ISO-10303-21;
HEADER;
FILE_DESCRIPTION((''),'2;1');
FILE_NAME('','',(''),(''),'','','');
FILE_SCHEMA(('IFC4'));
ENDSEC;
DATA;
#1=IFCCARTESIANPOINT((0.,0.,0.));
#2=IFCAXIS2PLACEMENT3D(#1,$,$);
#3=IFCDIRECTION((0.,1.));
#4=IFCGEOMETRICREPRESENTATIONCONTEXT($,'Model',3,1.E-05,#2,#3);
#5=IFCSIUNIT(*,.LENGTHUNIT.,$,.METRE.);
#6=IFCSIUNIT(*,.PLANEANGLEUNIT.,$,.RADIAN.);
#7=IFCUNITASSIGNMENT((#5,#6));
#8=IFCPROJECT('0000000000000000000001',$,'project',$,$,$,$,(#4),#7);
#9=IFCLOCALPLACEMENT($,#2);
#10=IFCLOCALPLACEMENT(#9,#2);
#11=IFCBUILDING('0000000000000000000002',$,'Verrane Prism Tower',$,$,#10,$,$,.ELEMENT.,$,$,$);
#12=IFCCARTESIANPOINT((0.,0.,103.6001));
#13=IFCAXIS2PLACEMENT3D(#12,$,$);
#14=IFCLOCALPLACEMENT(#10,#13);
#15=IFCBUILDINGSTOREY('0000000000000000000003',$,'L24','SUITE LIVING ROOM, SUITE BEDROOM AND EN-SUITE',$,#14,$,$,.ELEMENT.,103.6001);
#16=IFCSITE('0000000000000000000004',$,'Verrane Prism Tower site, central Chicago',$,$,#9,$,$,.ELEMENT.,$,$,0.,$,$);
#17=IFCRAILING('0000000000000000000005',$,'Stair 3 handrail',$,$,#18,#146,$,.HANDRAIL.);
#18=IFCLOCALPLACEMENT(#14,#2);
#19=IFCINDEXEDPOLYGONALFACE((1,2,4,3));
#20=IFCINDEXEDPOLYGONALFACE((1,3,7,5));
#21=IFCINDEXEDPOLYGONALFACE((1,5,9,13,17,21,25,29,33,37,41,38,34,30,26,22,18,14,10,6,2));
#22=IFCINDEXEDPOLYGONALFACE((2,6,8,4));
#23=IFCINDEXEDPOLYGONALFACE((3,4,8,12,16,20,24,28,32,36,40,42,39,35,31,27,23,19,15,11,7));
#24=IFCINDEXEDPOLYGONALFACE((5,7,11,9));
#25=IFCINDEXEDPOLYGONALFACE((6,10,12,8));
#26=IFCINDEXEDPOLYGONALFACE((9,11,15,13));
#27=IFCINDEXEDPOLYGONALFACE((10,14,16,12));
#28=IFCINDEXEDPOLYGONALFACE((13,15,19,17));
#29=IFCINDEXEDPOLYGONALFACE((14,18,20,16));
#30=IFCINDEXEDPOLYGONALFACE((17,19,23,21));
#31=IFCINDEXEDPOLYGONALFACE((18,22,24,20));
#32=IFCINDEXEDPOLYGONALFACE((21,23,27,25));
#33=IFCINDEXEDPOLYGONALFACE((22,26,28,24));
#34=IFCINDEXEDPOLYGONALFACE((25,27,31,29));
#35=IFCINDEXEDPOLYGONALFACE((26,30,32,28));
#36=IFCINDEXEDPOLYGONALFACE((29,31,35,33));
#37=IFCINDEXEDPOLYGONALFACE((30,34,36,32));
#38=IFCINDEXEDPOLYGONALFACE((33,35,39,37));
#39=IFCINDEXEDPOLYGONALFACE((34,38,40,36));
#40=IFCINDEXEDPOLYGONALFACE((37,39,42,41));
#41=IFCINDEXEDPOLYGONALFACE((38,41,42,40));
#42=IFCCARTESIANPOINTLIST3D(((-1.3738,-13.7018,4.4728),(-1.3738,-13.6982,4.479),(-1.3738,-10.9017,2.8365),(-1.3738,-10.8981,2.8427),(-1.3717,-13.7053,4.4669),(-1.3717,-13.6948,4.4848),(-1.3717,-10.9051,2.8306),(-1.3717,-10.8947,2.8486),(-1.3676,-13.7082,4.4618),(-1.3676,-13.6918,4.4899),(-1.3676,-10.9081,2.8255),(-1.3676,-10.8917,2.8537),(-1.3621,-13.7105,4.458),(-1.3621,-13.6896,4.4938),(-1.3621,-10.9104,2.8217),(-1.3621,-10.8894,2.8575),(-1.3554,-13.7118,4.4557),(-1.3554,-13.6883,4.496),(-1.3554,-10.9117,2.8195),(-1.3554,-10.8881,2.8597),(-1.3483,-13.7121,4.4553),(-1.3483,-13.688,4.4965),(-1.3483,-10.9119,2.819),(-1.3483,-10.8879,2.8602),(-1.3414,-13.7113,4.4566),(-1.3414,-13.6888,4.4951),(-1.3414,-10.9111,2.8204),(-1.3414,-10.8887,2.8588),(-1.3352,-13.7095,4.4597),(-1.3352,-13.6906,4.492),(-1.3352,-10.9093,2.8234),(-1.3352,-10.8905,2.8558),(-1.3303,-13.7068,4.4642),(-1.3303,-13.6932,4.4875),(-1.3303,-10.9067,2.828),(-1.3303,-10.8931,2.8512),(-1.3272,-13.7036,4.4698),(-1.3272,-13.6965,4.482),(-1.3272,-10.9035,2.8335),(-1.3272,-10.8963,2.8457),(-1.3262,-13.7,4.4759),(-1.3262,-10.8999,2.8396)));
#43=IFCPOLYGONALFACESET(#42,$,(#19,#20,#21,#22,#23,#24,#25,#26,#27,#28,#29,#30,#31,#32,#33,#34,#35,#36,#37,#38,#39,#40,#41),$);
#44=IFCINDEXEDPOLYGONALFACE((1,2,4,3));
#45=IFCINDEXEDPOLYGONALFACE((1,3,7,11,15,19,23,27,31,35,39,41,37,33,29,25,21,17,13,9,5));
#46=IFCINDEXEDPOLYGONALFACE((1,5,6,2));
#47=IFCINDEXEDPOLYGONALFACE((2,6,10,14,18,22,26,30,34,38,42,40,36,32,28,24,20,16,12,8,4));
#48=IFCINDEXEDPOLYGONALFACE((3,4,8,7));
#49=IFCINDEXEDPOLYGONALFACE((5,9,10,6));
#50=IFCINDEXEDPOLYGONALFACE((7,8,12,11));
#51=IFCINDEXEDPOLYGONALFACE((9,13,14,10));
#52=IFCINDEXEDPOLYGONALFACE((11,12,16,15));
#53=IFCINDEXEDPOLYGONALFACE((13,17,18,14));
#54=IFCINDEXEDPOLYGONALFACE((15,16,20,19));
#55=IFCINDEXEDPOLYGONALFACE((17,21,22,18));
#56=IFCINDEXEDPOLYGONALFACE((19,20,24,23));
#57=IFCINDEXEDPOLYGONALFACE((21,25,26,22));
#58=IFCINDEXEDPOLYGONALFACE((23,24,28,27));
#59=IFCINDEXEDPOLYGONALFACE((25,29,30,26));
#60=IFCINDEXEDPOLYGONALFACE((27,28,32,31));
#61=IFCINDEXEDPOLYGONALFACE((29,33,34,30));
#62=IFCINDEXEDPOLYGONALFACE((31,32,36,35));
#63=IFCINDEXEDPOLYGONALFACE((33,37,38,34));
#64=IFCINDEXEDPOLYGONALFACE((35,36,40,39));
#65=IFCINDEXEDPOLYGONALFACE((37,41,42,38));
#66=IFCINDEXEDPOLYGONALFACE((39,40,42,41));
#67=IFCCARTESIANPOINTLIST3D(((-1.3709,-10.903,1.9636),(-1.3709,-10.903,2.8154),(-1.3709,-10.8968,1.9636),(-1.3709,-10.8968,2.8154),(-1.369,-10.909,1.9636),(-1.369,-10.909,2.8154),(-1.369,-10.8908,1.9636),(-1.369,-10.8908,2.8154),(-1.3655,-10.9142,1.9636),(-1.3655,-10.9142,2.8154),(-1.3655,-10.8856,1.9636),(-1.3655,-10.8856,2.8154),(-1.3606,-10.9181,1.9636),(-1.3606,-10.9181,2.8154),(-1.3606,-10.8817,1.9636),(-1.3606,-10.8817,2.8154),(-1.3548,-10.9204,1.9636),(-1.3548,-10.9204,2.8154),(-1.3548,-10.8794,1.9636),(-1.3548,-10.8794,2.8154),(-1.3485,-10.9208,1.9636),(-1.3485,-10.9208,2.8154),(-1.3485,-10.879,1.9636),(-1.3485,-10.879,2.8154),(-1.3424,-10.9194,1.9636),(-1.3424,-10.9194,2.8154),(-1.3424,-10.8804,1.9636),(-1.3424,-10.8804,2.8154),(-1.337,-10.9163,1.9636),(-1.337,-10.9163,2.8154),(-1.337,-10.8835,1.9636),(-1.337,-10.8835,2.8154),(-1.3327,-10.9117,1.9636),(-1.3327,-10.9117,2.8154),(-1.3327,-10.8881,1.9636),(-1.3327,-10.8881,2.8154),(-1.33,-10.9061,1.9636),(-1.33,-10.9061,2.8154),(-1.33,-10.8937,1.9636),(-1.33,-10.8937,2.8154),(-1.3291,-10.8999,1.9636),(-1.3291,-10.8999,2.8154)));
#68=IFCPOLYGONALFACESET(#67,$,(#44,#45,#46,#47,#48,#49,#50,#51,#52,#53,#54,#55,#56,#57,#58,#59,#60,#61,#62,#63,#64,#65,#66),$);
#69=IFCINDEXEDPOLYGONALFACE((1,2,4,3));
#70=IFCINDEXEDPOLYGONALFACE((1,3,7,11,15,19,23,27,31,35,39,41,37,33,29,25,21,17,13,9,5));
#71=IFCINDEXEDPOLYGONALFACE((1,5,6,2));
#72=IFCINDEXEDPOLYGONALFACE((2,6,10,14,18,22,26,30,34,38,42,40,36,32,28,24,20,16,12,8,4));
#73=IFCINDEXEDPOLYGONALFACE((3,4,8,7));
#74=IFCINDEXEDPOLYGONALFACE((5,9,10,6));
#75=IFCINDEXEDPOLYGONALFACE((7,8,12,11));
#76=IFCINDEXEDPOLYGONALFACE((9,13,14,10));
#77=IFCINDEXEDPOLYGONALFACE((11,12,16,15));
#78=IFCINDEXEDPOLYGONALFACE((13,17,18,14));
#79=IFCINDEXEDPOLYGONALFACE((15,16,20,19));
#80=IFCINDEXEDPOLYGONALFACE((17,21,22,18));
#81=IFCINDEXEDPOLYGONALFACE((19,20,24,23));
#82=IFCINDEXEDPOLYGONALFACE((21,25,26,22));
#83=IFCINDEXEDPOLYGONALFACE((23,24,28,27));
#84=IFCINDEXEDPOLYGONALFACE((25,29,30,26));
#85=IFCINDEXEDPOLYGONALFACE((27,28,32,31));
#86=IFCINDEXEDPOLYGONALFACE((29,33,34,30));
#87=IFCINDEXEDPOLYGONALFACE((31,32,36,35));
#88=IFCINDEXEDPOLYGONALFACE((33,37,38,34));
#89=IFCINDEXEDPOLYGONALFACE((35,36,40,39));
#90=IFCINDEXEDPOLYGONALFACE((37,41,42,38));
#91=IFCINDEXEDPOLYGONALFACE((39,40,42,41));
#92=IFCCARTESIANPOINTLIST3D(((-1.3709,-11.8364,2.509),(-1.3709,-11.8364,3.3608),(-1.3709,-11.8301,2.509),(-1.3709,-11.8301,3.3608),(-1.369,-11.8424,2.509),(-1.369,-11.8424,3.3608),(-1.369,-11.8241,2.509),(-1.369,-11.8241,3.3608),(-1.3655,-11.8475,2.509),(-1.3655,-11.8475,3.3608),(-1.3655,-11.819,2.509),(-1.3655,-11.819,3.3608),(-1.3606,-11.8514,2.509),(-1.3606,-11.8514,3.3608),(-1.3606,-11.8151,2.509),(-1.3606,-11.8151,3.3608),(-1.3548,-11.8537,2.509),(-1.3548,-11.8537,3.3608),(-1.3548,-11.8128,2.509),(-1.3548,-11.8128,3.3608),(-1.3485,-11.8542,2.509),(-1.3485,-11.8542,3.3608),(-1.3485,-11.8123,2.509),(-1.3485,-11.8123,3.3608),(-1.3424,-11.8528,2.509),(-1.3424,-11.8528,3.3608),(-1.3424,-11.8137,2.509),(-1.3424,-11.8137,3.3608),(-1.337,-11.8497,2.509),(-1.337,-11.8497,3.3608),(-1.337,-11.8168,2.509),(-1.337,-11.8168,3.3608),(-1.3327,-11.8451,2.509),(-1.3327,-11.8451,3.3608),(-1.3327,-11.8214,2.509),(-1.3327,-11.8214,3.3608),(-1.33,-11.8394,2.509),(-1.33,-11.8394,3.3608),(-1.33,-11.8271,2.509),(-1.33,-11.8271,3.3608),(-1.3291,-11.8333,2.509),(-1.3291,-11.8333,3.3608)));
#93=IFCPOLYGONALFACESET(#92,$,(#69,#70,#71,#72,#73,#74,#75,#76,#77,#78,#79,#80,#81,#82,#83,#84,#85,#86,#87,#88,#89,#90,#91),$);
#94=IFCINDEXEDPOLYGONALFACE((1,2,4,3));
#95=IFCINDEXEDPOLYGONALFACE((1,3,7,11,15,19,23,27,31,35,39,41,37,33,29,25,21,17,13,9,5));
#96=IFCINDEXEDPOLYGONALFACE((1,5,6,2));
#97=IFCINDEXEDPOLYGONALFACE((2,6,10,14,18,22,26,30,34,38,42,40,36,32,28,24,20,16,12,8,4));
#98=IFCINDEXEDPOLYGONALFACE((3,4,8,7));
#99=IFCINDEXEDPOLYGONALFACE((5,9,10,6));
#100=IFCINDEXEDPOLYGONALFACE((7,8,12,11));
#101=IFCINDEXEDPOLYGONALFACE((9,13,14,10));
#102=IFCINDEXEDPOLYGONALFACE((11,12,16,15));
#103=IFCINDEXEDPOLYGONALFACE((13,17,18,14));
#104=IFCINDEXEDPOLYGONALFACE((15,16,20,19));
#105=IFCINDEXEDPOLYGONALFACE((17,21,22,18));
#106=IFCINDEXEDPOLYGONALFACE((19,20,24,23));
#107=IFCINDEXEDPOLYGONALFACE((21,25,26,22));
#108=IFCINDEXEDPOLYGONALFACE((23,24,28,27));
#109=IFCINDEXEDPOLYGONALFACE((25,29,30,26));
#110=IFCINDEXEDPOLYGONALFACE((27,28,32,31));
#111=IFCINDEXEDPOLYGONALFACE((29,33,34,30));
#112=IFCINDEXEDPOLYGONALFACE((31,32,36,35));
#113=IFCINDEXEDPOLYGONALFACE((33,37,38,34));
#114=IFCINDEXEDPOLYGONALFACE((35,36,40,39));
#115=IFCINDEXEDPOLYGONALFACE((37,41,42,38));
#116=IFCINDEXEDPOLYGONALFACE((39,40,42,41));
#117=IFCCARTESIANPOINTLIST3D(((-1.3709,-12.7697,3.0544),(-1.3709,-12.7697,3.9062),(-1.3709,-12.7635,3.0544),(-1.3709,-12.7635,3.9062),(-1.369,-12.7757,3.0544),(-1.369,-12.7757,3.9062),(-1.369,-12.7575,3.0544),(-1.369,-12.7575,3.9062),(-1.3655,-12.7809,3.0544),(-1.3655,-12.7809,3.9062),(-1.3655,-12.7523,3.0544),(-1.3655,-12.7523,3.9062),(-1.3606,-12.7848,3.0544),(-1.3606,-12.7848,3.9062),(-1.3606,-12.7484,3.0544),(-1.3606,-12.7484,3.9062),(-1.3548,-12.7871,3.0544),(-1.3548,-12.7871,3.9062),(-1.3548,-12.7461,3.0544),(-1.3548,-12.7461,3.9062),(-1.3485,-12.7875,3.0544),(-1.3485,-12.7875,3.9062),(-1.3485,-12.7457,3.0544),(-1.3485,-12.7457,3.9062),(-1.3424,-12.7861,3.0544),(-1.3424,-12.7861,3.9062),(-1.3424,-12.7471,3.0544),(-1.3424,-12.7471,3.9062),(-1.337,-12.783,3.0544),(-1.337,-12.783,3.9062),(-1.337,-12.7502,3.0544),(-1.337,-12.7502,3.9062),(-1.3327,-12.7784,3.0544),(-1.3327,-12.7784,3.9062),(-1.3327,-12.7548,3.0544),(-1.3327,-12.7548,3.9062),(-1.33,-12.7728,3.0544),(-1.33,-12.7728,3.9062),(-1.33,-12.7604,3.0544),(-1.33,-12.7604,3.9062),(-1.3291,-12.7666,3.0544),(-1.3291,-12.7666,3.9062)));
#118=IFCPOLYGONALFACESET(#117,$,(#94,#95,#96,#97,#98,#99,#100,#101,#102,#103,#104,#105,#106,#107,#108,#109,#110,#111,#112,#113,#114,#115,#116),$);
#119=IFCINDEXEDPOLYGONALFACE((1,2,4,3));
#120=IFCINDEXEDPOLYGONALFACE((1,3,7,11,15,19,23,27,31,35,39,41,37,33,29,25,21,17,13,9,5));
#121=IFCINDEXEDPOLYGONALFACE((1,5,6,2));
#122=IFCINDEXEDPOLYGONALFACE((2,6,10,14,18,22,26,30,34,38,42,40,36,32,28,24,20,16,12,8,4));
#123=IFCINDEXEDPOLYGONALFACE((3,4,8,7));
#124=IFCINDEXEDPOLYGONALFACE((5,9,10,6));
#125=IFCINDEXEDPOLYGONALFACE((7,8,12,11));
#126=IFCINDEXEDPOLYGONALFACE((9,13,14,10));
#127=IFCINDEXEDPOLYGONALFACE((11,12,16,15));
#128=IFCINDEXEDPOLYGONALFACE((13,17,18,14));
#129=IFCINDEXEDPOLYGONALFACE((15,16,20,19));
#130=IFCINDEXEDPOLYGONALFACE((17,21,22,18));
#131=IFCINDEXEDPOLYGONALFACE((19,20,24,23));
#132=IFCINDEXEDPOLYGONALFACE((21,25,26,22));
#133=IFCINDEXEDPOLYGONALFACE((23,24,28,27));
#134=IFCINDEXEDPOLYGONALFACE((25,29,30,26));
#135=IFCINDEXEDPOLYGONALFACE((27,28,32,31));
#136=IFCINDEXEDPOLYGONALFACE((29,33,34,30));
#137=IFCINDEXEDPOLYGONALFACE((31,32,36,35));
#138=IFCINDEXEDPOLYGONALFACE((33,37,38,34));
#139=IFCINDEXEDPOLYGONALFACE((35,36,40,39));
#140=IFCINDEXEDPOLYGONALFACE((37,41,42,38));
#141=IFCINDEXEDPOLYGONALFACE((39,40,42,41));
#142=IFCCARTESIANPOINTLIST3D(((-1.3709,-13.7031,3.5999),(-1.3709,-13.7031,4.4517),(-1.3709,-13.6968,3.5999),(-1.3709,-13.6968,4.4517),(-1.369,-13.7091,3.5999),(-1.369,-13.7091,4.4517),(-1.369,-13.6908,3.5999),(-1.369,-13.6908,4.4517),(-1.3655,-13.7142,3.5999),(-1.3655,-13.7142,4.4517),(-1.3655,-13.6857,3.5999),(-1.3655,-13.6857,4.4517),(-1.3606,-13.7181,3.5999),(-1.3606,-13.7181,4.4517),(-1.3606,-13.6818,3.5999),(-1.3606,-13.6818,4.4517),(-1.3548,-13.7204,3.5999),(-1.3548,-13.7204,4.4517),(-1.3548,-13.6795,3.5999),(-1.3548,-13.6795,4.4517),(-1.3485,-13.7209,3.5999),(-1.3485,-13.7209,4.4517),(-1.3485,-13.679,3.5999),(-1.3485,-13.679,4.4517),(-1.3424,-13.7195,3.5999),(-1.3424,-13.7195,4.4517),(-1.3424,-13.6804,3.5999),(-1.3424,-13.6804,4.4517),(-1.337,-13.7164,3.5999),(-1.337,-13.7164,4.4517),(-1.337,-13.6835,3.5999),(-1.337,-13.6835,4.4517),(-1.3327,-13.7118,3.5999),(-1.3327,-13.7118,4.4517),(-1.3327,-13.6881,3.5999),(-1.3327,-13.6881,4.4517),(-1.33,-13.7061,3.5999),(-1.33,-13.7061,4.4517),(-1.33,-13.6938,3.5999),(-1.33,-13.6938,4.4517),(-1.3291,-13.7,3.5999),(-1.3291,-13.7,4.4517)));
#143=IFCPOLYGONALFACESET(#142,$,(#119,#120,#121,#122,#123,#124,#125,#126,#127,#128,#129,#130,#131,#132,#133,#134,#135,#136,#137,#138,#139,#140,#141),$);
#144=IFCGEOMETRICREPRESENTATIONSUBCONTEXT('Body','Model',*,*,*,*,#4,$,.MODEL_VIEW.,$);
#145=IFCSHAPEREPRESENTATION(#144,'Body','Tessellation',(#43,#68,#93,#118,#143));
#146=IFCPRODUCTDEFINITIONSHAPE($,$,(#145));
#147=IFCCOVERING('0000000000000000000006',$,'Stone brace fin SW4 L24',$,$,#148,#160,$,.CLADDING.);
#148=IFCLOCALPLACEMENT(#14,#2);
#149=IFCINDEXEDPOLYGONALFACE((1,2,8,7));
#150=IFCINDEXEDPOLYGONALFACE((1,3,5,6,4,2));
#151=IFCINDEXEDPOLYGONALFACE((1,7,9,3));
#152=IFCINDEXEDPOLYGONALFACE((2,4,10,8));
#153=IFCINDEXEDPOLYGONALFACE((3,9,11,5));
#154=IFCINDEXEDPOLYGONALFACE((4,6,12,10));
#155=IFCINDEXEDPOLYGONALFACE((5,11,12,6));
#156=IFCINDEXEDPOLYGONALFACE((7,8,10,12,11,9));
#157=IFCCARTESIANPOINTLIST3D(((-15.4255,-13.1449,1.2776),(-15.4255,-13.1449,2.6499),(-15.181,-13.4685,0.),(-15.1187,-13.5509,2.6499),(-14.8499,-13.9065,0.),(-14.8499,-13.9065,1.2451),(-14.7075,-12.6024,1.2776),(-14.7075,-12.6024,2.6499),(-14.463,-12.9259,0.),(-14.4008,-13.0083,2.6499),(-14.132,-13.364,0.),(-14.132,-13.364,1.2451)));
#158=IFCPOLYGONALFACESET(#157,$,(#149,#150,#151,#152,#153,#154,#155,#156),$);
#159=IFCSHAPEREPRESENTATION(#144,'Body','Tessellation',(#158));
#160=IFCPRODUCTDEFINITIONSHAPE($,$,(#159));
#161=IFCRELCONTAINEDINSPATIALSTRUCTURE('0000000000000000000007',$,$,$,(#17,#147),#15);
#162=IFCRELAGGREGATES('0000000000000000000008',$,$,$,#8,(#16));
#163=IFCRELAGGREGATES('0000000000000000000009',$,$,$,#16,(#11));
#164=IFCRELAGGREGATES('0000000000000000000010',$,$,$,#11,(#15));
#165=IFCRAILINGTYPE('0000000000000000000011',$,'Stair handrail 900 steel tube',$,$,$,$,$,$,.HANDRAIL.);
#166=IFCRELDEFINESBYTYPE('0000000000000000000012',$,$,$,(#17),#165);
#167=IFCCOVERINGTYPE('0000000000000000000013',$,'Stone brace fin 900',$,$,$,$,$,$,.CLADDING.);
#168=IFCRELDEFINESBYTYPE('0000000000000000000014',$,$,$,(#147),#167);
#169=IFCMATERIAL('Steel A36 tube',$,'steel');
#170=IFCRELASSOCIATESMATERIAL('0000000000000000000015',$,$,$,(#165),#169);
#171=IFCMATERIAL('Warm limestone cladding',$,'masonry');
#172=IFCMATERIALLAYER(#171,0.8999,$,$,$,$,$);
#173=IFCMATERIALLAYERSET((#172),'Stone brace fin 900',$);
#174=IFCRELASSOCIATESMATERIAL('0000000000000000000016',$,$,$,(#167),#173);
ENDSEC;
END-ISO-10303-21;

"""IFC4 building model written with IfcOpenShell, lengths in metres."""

from ifc_helpers import new_model, si_unit, direction, frame, origin, origin_2d, place, context, subcontext, project, spatial, polyline, circle, outline, extrude, material, layer, layer_set, type_object, element, save


model = new_model("IFC4")

# Units and contexts
model_context = context("Model", 3, precision=1e-05, world=origin(), true_north=direction((0.0, 1.0)))
body_context = subcontext(model_context, "Body", "Model", "MODEL_VIEW")
ifc_project = project(units=[si_unit("LENGTHUNIT", "METRE"), si_unit("PLANEANGLEUNIT", "RADIAN")], contexts=[model_context])

# Site, building, storey
site_placement = place(None, origin())
site = spatial("IfcSite", under=ifc_project, at=site_placement, Name="Verrane Prism Tower site, central Chicago", CompositionType="ELEMENT", RefElevation=0.0)
building_placement = place(site_placement, origin())
building = spatial("IfcBuilding", under=site, at=building_placement, Name="Verrane Prism Tower", CompositionType="ELEMENT")
storey_placement = place(building_placement, frame((0.0, 0.0, 103.6001)))
storey = spatial("IfcBuildingStorey", under=building, at=storey_placement, Name="L24", Description="SUITE LIVING ROOM, SUITE BEDROOM AND EN-SUITE", CompositionType="ELEMENT", Elevation=103.6001)

# Railing
ifc_material_1 = material(Name="Steel A36 tube", Category="steel")
railing_type = type_object("IfcRailingType", Name="Stair handrail 900 steel tube", PredefinedType="HANDRAIL", material=ifc_material_1)
railing_placement = place(storey_placement, frame((-1.3501, -10.8999, 1.9636)))
element("IfcRailing", 1, at=railing_placement, inside=storey, type_object=railing_type, Name="Stair 3 handrail", PredefinedType="HANDRAIL", context=body_context, shape_type="SweptSolid", body=[
    extrude(circle(Radius=0.0239, at=origin_2d()), frame((0.0, 0.0, 0.876), z_axis=(0.0, -0.863394, 0.504531), x_axis=(1.0, 0.0, 0.0)), (0.0, 0.0, 1.0), 3.2432),
    extrude(circle(Radius=0.021, at=origin_2d()), origin(), (0.0, 0.0, 1.0), 0.8518),
    extrude(circle(Radius=0.021, at=origin_2d()), frame((0.0, -0.9333, 0.5454)), (0.0, 0.0, 1.0), 0.8518),
    extrude(circle(Radius=0.021, at=origin_2d()), frame((0.0, -1.8667, 1.0908)), (0.0, 0.0, 1.0), 0.8518),
    extrude(circle(Radius=0.021, at=origin_2d()), frame((0.0, -2.8, 1.6362)), (0.0, 0.0, 1.0), 0.8518),
])

# Covering
ifc_material_2 = material(Name="Warm limestone cladding", Category="masonry")
ifc_layer_1 = layer(ifc_material_2, 0.8999)
ifc_layer_set_1 = layer_set([ifc_layer_1], Name="Stone brace fin 900")
covering_type = type_object("IfcCoveringType", Name="Stone brace fin 900", PredefinedType="CLADDING", material=ifc_layer_set_1)
covering_placement = place(storey_placement, frame((-14.491, -13.6353, 0.0), z_axis=(0.0, 0.0, 1.0), x_axis=(-0.602902, 0.797815, 0.0)))
element("IfcCovering", 2, at=covering_placement, inside=storey, type_object=covering_type, Name="Stone brace fin SW4 L24", PredefinedType="CLADDING", context=body_context, shape_type="SweptSolid", body=[
    extrude(outline(polyline([(0.9546, 2.6499), (0.4458, 2.6499), (0.0, 1.2451), (0.0, 0.0), (0.5491, 0.0), (0.9546, 1.2776), (0.9546, 2.6499)])), frame((0.0, 0.45, 0.0), z_axis=(0.0, -1.0, 0.0), x_axis=(1.0, 0.0, 0.0)), (0.0, 0.0, 1.0), 0.8999),
])

save(model, "model.ifc")
